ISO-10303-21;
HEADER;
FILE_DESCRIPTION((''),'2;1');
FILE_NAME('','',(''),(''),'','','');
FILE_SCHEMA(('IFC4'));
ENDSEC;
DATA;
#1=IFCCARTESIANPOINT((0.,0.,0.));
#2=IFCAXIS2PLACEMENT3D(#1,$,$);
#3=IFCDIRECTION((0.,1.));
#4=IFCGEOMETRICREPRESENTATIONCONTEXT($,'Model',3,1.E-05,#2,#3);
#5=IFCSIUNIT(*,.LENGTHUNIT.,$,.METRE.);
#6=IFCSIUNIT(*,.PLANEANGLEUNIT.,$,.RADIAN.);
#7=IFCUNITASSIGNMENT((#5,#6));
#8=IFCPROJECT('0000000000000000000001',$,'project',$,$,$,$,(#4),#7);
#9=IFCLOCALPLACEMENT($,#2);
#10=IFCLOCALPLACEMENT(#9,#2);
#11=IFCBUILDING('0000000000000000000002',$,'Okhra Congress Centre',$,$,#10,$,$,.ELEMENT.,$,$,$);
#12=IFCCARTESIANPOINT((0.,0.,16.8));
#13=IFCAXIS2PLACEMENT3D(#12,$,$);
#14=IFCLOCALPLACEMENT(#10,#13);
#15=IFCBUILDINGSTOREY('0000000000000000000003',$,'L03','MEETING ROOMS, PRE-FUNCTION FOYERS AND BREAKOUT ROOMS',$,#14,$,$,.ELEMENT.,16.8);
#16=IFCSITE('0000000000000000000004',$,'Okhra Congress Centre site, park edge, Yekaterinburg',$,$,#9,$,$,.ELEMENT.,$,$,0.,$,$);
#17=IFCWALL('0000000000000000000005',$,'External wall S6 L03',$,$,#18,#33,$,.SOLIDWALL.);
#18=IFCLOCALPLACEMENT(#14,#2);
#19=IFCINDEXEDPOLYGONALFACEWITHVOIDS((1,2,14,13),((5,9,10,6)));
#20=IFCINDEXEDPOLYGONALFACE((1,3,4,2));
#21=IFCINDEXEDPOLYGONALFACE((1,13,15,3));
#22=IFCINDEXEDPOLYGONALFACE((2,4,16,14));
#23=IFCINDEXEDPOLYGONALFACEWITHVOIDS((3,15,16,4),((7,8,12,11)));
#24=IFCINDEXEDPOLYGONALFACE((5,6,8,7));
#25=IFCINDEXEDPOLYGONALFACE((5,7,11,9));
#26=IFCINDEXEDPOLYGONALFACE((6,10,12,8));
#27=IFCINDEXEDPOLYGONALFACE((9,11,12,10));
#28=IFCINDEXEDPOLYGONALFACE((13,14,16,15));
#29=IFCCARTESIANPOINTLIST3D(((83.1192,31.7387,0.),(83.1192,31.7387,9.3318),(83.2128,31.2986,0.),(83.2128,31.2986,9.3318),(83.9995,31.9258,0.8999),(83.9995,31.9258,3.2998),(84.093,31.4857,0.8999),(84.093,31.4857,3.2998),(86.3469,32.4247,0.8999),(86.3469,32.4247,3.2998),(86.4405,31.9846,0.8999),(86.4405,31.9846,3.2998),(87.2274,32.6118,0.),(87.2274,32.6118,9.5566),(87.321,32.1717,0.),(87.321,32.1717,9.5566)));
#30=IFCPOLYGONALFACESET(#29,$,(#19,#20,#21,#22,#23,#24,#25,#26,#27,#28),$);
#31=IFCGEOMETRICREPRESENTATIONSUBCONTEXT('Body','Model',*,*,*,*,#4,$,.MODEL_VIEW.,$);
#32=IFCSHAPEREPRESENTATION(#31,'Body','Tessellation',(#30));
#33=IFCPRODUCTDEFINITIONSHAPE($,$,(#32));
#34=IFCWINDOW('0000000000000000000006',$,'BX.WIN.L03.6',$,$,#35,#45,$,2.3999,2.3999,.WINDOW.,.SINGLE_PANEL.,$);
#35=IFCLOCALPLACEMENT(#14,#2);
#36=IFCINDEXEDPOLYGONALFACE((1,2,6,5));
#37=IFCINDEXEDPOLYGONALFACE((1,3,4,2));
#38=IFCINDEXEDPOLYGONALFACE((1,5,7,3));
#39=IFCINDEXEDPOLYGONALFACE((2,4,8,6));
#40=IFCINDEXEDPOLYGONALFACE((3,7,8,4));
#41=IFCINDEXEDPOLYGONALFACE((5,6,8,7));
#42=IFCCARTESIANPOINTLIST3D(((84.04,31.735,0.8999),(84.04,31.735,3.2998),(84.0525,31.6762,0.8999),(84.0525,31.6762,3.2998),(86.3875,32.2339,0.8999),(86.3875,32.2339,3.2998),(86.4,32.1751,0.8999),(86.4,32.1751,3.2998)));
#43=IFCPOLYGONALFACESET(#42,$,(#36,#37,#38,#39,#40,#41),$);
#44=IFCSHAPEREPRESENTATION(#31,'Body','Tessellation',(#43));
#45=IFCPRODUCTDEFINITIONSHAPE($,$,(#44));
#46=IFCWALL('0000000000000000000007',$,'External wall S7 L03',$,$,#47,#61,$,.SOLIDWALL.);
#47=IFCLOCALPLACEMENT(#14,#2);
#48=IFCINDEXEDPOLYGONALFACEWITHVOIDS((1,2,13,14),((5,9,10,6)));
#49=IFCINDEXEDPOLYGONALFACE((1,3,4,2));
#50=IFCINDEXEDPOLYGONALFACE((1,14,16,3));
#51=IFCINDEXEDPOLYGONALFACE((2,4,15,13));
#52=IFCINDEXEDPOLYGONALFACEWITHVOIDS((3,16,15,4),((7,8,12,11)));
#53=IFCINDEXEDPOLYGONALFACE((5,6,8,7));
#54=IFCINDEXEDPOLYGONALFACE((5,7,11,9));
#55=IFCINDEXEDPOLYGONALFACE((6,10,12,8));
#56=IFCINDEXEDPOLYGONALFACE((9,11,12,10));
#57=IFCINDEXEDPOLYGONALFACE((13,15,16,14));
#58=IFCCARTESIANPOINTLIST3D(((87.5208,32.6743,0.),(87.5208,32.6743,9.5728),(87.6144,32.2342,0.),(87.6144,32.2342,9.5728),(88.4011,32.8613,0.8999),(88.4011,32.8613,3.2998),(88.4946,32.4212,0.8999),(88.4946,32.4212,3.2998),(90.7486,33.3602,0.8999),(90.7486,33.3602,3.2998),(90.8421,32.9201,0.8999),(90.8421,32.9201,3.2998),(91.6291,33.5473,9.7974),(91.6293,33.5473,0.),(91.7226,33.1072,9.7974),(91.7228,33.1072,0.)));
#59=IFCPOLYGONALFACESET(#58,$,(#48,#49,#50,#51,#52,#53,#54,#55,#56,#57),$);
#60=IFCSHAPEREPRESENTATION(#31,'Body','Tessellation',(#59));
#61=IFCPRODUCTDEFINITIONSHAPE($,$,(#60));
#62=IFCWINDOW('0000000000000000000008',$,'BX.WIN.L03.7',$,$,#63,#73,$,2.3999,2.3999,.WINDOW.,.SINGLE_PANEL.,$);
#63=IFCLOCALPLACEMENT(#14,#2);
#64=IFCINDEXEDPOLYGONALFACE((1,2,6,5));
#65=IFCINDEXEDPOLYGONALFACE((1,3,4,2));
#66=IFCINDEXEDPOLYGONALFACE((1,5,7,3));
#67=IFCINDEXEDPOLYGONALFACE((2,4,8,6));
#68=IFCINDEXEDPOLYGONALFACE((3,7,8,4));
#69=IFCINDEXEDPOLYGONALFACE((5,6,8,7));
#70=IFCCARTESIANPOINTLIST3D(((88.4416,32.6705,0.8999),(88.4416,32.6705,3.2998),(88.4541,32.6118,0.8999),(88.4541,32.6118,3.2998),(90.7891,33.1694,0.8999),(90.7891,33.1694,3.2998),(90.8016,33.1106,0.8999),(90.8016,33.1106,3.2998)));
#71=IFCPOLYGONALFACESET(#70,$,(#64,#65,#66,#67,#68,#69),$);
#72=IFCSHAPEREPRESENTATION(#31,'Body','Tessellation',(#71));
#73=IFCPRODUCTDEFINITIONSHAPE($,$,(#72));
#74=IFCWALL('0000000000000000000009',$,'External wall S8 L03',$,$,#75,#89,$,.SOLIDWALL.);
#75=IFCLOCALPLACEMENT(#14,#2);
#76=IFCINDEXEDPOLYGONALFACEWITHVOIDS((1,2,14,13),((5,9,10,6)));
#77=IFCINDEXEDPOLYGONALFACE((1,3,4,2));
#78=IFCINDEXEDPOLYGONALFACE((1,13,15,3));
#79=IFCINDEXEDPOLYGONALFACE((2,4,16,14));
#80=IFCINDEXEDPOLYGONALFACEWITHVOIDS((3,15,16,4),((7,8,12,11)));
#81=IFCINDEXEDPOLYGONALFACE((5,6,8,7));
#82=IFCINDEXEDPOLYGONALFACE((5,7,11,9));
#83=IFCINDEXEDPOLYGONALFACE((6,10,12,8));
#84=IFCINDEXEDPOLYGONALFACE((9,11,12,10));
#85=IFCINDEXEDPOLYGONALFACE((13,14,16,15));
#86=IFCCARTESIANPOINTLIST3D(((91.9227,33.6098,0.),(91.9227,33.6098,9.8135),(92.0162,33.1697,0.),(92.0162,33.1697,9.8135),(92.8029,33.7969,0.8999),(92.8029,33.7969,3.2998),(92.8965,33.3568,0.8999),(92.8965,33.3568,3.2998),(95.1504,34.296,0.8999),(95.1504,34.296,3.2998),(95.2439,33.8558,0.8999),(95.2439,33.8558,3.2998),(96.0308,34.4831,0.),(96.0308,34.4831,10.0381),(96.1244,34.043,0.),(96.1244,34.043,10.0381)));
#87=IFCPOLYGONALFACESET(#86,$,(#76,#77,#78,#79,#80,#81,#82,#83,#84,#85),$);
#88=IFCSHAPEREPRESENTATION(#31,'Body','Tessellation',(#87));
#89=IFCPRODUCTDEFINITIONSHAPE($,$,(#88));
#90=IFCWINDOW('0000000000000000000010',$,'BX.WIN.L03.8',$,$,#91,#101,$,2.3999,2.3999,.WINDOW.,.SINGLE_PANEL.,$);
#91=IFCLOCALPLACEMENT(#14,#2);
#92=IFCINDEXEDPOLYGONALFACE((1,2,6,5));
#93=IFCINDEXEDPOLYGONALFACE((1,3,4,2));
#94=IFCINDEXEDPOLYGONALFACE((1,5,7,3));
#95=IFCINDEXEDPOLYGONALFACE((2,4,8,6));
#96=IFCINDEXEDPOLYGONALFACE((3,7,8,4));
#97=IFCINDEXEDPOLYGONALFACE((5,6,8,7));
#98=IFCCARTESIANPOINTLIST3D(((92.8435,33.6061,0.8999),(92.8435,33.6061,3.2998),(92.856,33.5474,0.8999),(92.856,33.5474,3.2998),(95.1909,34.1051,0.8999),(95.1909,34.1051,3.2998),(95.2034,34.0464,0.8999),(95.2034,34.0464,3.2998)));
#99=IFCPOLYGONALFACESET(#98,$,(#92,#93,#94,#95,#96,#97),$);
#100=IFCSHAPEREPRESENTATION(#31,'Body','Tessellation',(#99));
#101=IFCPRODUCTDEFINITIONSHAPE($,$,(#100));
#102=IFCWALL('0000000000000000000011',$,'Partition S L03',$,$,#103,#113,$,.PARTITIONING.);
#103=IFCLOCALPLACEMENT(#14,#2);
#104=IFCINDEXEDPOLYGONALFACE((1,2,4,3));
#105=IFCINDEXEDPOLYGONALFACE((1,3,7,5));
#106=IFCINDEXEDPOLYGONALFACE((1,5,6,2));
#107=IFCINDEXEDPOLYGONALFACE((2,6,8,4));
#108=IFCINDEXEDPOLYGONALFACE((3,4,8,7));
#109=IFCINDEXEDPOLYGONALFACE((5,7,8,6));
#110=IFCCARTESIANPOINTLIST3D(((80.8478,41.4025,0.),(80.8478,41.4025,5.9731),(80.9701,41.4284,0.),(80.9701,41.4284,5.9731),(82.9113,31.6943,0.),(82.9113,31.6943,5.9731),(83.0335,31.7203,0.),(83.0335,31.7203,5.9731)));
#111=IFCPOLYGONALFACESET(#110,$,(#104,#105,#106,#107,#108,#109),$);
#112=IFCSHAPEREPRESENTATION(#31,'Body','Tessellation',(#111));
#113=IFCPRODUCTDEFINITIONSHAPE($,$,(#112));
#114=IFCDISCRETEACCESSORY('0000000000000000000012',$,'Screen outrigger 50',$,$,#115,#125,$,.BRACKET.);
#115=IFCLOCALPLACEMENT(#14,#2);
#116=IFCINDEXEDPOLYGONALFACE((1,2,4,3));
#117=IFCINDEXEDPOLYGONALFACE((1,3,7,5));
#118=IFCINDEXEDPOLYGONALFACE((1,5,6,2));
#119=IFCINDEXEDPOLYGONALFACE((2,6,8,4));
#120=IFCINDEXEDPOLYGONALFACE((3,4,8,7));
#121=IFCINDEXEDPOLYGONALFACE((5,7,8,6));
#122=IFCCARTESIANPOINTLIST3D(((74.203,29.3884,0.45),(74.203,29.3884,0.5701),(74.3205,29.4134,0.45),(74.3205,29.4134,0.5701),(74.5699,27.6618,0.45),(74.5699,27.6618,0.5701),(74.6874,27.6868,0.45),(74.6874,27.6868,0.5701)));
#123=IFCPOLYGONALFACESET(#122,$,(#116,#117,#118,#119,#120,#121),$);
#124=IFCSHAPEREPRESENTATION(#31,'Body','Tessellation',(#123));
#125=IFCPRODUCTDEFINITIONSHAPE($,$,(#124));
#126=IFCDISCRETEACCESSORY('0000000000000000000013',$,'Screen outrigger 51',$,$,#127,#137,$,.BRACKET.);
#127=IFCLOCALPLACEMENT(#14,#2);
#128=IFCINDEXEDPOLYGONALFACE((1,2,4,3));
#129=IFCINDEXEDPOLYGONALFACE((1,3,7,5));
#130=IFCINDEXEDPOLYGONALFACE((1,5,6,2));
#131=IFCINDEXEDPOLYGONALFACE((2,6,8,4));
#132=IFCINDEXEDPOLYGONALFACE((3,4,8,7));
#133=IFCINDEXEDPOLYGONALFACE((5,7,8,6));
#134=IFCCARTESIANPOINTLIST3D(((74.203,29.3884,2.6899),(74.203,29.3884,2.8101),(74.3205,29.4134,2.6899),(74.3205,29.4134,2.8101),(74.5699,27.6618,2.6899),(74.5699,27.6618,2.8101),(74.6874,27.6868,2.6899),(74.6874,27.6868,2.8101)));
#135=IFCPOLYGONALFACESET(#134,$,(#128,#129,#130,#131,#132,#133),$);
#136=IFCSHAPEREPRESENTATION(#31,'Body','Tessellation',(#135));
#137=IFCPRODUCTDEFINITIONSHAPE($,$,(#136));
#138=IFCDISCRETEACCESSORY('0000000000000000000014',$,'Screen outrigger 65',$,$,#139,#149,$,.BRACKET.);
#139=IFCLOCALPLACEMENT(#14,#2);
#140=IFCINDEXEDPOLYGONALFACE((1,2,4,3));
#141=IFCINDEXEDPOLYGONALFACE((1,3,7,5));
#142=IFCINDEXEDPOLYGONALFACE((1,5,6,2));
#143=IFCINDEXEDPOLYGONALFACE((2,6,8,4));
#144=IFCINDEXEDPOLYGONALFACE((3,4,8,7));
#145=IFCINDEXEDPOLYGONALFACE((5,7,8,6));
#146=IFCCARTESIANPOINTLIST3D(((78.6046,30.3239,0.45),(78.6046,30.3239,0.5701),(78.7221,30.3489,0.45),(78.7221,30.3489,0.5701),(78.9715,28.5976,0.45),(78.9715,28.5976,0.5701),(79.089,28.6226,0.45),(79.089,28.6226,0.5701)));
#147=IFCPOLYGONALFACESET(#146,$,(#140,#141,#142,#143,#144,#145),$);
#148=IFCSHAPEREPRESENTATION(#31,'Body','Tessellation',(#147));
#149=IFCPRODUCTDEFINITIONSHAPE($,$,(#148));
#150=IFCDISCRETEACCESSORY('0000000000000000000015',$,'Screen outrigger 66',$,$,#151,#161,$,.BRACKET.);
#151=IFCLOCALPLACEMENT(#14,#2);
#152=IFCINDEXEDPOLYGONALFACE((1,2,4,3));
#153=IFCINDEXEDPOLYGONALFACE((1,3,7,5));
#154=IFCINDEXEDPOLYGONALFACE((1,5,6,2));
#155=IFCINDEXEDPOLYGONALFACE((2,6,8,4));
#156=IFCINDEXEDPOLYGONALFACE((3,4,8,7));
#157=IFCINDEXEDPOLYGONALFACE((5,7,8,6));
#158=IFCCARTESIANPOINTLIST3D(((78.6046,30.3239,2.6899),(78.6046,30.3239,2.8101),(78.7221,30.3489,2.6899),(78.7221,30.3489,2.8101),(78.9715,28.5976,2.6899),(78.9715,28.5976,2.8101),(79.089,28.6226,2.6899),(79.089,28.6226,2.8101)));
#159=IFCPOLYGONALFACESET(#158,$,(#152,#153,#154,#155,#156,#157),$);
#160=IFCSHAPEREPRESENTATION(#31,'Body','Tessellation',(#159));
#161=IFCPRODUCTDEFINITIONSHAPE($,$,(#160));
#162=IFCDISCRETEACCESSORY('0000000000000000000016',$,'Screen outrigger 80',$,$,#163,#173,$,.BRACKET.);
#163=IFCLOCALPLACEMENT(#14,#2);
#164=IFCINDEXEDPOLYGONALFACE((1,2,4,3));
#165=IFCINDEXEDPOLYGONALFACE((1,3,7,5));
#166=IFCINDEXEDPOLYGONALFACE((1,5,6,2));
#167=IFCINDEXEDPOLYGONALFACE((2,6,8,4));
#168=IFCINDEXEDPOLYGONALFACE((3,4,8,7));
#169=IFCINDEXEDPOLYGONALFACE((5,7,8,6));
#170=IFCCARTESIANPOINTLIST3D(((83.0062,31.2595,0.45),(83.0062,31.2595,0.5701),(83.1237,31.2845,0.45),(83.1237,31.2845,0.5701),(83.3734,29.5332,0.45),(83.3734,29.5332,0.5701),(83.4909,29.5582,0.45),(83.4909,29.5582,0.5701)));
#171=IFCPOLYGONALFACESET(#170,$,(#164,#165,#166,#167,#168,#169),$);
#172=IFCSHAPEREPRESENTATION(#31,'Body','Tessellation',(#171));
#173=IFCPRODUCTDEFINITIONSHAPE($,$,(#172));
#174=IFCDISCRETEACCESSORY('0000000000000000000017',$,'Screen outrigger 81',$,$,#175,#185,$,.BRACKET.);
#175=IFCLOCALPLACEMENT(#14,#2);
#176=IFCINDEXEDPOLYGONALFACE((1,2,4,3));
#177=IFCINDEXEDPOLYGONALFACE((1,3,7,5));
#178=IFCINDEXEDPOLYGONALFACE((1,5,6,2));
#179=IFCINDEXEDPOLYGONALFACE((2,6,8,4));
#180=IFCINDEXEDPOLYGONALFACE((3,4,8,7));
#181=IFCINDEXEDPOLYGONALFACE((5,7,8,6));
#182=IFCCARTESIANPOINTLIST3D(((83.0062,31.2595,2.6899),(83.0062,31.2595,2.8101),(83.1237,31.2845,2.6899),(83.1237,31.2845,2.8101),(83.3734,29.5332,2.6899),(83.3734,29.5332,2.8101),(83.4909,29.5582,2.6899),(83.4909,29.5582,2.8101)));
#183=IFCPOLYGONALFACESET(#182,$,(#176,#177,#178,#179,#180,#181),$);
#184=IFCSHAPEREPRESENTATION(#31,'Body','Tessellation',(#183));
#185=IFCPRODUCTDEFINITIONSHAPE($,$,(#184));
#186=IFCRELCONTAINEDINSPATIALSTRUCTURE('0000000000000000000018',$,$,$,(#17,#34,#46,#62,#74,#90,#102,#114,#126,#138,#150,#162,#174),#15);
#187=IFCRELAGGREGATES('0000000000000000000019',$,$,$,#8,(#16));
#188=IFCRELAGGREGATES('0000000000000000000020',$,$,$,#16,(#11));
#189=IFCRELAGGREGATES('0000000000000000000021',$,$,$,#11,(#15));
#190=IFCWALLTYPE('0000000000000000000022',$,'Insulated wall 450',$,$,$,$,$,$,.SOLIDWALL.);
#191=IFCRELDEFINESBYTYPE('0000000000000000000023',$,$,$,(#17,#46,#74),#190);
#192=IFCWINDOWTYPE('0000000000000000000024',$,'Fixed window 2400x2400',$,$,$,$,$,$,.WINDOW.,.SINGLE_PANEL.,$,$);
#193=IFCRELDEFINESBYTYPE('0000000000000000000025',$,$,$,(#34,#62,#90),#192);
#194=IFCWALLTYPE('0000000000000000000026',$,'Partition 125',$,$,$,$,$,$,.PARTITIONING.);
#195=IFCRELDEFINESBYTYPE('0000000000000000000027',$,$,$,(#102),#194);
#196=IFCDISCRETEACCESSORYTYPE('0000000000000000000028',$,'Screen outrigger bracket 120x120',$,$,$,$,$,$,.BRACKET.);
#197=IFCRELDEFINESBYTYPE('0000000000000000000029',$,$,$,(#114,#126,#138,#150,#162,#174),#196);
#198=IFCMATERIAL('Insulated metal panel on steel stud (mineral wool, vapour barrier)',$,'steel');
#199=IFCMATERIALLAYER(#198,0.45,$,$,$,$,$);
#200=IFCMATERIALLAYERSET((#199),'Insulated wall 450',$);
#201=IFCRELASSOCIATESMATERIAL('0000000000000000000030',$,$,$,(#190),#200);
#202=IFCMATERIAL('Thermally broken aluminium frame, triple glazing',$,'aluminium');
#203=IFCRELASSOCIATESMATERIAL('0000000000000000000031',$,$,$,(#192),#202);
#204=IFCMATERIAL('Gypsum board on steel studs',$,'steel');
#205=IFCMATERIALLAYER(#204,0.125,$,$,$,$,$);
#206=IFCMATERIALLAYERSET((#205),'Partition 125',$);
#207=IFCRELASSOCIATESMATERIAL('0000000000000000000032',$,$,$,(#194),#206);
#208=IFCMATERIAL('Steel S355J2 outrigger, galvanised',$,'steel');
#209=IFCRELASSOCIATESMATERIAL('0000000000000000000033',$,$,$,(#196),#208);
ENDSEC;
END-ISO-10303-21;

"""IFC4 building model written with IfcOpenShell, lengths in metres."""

from ifc_helpers import new_model, si_unit, direction, frame, frame_2d, origin, origin_2d, place, context, subcontext, project, spatial, polyline, rectangle, outline, extrude, material, layer, layer_set, material_profile, profile_set, type_object, element, fill, save


model = new_model("IFC4")

# Units and contexts
model_context = context("Model", 3, precision=1e-05, world=origin(), true_north=direction((0.0, 1.0)))
body_context = subcontext(model_context, "Body", "Model", "MODEL_VIEW")
ifc_project = project(units=[si_unit("LENGTHUNIT", "METRE"), si_unit("PLANEANGLEUNIT", "RADIAN")], contexts=[model_context])

# Site, building, storey
site_placement = place(None, origin())
site = spatial("IfcSite", under=ifc_project, at=site_placement, Name="Okhra Congress Centre site, park edge, Yekaterinburg", CompositionType="ELEMENT", RefElevation=0.0)
building_placement = place(site_placement, origin())
building = spatial("IfcBuilding", under=site, at=building_placement, Name="Okhra Congress Centre", CompositionType="ELEMENT")
storey_placement = place(building_placement, frame((0.0, 0.0, 16.8)))
storey = spatial("IfcBuildingStorey", under=building, at=storey_placement, Name="L03", Description="MEETING ROOMS, PRE-FUNCTION FOYERS AND BREAKOUT ROOMS", CompositionType="ELEMENT", Elevation=16.8)

# Walls, openings, windows
ifc_material_1 = material(Name="Insulated metal panel on steel stud (mineral wool, vapour barrier)", Category="steel")
ifc_layer_1 = layer(ifc_material_1, 0.45)
ifc_layer_set_1 = layer_set([ifc_layer_1], Name="Insulated wall 450")
wall_type_1 = type_object("IfcWallType", Name="Insulated wall 450", PredefinedType="SOLIDWALL", material=ifc_layer_set_1)
ifc_material_2 = material(Name="Thermally broken aluminium frame, triple glazing", Category="aluminium")
wall_1_placement = place(storey_placement, frame((83.166, 31.5186, 0.0), z_axis=(0.0, 0.0, 1.0), x_axis=(0.978156, 0.207873, 0.0)))
wall_1 = element("IfcWall", 1, at=wall_1_placement, inside=storey, type_object=wall_type_1, Name="External wall S6 L03", PredefinedType="SOLIDWALL", context=body_context, shape_type="SweptSolid", body=[
    extrude(outline(polyline([(0.0, 0.0), (4.2, 0.0), (4.2, 9.5566), (0.0, 9.3318), (0.0, 0.0)])), frame((0.0, 0.2251, 0.0), z_axis=(0.0, -1.0, 0.0), x_axis=(1.0, 0.0, 0.0)), (0.0, 0.0, 1.0), 0.45),
])
opening_1_placement = place(wall_1_placement, frame((0.8999, 0.0, 0.8999)))
opening_1 = element("IfcOpeningElement", 2, at=opening_1_placement, cuts=wall_1, PredefinedType="OPENING", context=body_context, shape_type="SweptSolid", body=[
    extrude(rectangle(XDim=2.3999, YDim=2.3999, at=frame_2d((1.2, 1.2))), frame((0.0, 0.2349, 0.0), z_axis=(0.0, -1.0, 0.0), x_axis=(1.0, 0.0, 0.0)), (0.0, 0.0, 1.0), 0.47),
])
window_type_1 = type_object("IfcWindowType", Name="Fixed window 2400x2400", PartitioningType="SINGLE_PANEL", PredefinedType="WINDOW", material=ifc_material_2)
window_1_placement = place(opening_1_placement, origin())
window_1 = element("IfcWindow", 3, at=window_1_placement, inside=storey, type_object=window_type_1, Name="BX.WIN.L03.6", OverallHeight=2.3999, OverallWidth=2.3999, PartitioningType="SINGLE_PANEL", PredefinedType="WINDOW", context=body_context, shape_type="SweptSolid", body=[
    extrude(rectangle(XDim=2.3999, YDim=2.3999, at=frame_2d((1.2, 1.2))), frame((0.0, 0.03, 0.0), z_axis=(0.0, -1.0, 0.0), x_axis=(1.0, 0.0, 0.0)), (0.0, 0.0, 1.0), 0.0601),
])
fill(opening_1, window_1)
wall_2_placement = place(storey_placement, frame((87.5676, 32.4541, 0.0), z_axis=(0.0, 0.0, 1.0), x_axis=(0.978158, 0.207862, 0.0)))
wall_2 = element("IfcWall", 4, at=wall_2_placement, inside=storey, type_object=wall_type_1, Name="External wall S7 L03", PredefinedType="SOLIDWALL", context=body_context, shape_type="SweptSolid", body=[
    extrude(outline(polyline([(0.0, 0.0), (4.2002, 0.0), (4.2, 9.7974), (0.0, 9.5728), (0.0, 0.0)])), frame((0.0, 0.2251, 0.0), z_axis=(0.0, -1.0, 0.0), x_axis=(1.0, 0.0, 0.0)), (0.0, 0.0, 1.0), 0.45),
])
opening_2_placement = place(wall_2_placement, frame((0.8999, 0.0, 0.8999)))
opening_2 = element("IfcOpeningElement", 5, at=opening_2_placement, cuts=wall_2, PredefinedType="OPENING", context=body_context, shape_type="SweptSolid", body=[
    extrude(rectangle(XDim=2.3999, YDim=2.3999, at=frame_2d((1.2, 1.2))), frame((0.0, 0.2349, 0.0), z_axis=(0.0, -1.0, 0.0), x_axis=(1.0, 0.0, 0.0)), (0.0, 0.0, 1.0), 0.47),
])
window_2_placement = place(opening_2_placement, origin())
window_2 = element("IfcWindow", 6, at=window_2_placement, inside=storey, type_object=window_type_1, Name="BX.WIN.L03.7", OverallHeight=2.3999, OverallWidth=2.3999, PartitioningType="SINGLE_PANEL", PredefinedType="WINDOW", context=body_context, shape_type="SweptSolid", body=[
    extrude(rectangle(XDim=2.3999, YDim=2.3999, at=frame_2d((1.2, 1.2))), frame((0.0, 0.03, 0.0), z_axis=(0.0, -1.0, 0.0), x_axis=(1.0, 0.0, 0.0)), (0.0, 0.0, 1.0), 0.0601),
])
fill(opening_2, window_2)
wall_3_placement = place(storey_placement, frame((91.9695, 33.3896, 0.0), z_axis=(0.0, 0.0, 1.0), x_axis=(0.978144, 0.207929, 0.0)))
wall_3 = element("IfcWall", 7, at=wall_3_placement, inside=storey, type_object=wall_type_1, Name="External wall S8 L03", PredefinedType="SOLIDWALL", context=body_context, shape_type="SweptSolid", body=[
    extrude(outline(polyline([(0.0, 0.0), (4.2, 0.0), (4.2, 10.0381), (0.0, 9.8135), (0.0, 0.0)])), frame((0.0, 0.2251, 0.0), z_axis=(0.0, -1.0, 0.0), x_axis=(1.0, 0.0, 0.0)), (0.0, 0.0, 1.0), 0.45),
])
opening_3_placement = place(wall_3_placement, frame((0.8999, 0.0, 0.8999)))
opening_3 = element("IfcOpeningElement", 8, at=opening_3_placement, cuts=wall_3, PredefinedType="OPENING", context=body_context, shape_type="SweptSolid", body=[
    extrude(rectangle(XDim=2.3999, YDim=2.3999, at=frame_2d((1.2, 1.2))), frame((0.0, 0.2349, 0.0), z_axis=(0.0, -1.0, 0.0), x_axis=(1.0, 0.0, 0.0)), (0.0, 0.0, 1.0), 0.47),
])
window_3_placement = place(opening_3_placement, origin())
window_3 = element("IfcWindow", 9, at=window_3_placement, inside=storey, type_object=window_type_1, Name="BX.WIN.L03.8", OverallHeight=2.3999, OverallWidth=2.3999, PartitioningType="SINGLE_PANEL", PredefinedType="WINDOW", context=body_context, shape_type="SweptSolid", body=[
    extrude(rectangle(XDim=2.3999, YDim=2.3999, at=frame_2d((1.2, 1.2))), frame((0.0, 0.03, 0.0), z_axis=(0.0, -1.0, 0.0), x_axis=(1.0, 0.0, 0.0)), (0.0, 0.0, 1.0), 0.0601),
])
fill(opening_3, window_3)

# Wall
ifc_material_3 = material(Name="Gypsum board on steel studs", Category="steel")
ifc_layer_2 = layer(ifc_material_3, 0.125)
ifc_layer_set_2 = layer_set([ifc_layer_2], Name="Partition 125")
wall_type_2 = type_object("IfcWallType", Name="Partition 125", PredefinedType="PARTITIONING", material=ifc_layer_set_2)
wall_4_placement = place(storey_placement, frame((82.9724, 31.7073, 0.0), z_axis=(0.0, 0.0, 1.0), x_axis=(-0.207904, 0.978149, 0.0)))
element("IfcWall", 10, at=wall_4_placement, inside=storey, type_object=wall_type_2, Name="Partition S L03", PredefinedType="PARTITIONING", context=body_context, shape_type="SweptSolid", body=[
    extrude(outline(polyline([(0.0, 0.0), (9.925, 0.0), (9.925, 5.9731), (0.0, 5.9731), (0.0, 0.0)])), frame((0.0, 0.0625, 0.0), z_axis=(0.0, -1.0, 0.0), x_axis=(1.0, 0.0, 0.0)), (0.0, 0.0, 1.0), 0.125),
])

# Discrete accessories
ifc_material_4 = material(Name="Steel S355J2 outrigger, galvanised", Category="steel")
ifc_material_profile_1 = material_profile(ifc_material_4, rectangle(XDim=0.1201, YDim=0.1201, at=origin_2d()), Name="Screen outrigger bracket 120x120")
ifc_profile_set_1 = profile_set([ifc_material_profile_1], Name="Steel S355J2 outrigger, galvanised")
discrete_accessory_type = type_object("IfcDiscreteAccessoryType", Name="Screen outrigger bracket 120x120", PredefinedType="BRACKET", material=ifc_profile_set_1)
for number, where, z_axis, x_axis, name in (
    (11, (74.2617, 29.4009, 0.51), (0.207885, -0.978153, 0.0), (0.978153, 0.207885, 0.0), "Screen outrigger 50"),
    (12, (74.2617, 29.4009, 2.75), (0.207885, -0.978153, 0.0), (0.978153, 0.207885, 0.0), "Screen outrigger 51"),
):
    element("IfcDiscreteAccessory", number, at=place(storey_placement, frame(where, z_axis=z_axis, x_axis=x_axis)), inside=storey, type_object=discrete_accessory_type, Name=name, PredefinedType="BRACKET", context=body_context, shape_type="SweptSolid", body=[
        extrude(rectangle(XDim=0.1201, YDim=0.1201, at=origin_2d()), origin(), (0.0, 0.0, 1.0), 1.7651),
    ])
for number, where, z_axis, x_axis, name in (
    (13, (78.6633, 30.3364, 0.51), (0.207913, -0.978147, 0.0), (0.978147, 0.207913, 0.0), "Screen outrigger 65"),
    (14, (78.6633, 30.3364, 2.75), (0.207913, -0.978147, 0.0), (0.978147, 0.207913, 0.0), "Screen outrigger 66"),
    (15, (83.0649, 31.272, 0.51), (0.208046, -0.978119, 0.0), (0.978119, 0.208046, 0.0), "Screen outrigger 80"),
    (16, (83.0649, 31.272, 2.75), (0.208046, -0.978119, 0.0), (0.978119, 0.208046, 0.0), "Screen outrigger 81"),
):
    element("IfcDiscreteAccessory", number, at=place(storey_placement, frame(where, z_axis=z_axis, x_axis=x_axis)), inside=storey, type_object=discrete_accessory_type, Name=name, PredefinedType="BRACKET", context=body_context, shape_type="SweptSolid", body=[
        extrude(rectangle(XDim=0.1201, YDim=0.1201, at=origin_2d()), origin(), (0.0, 0.0, 1.0), 1.7649),
    ])

save(model, "model.ifc")
